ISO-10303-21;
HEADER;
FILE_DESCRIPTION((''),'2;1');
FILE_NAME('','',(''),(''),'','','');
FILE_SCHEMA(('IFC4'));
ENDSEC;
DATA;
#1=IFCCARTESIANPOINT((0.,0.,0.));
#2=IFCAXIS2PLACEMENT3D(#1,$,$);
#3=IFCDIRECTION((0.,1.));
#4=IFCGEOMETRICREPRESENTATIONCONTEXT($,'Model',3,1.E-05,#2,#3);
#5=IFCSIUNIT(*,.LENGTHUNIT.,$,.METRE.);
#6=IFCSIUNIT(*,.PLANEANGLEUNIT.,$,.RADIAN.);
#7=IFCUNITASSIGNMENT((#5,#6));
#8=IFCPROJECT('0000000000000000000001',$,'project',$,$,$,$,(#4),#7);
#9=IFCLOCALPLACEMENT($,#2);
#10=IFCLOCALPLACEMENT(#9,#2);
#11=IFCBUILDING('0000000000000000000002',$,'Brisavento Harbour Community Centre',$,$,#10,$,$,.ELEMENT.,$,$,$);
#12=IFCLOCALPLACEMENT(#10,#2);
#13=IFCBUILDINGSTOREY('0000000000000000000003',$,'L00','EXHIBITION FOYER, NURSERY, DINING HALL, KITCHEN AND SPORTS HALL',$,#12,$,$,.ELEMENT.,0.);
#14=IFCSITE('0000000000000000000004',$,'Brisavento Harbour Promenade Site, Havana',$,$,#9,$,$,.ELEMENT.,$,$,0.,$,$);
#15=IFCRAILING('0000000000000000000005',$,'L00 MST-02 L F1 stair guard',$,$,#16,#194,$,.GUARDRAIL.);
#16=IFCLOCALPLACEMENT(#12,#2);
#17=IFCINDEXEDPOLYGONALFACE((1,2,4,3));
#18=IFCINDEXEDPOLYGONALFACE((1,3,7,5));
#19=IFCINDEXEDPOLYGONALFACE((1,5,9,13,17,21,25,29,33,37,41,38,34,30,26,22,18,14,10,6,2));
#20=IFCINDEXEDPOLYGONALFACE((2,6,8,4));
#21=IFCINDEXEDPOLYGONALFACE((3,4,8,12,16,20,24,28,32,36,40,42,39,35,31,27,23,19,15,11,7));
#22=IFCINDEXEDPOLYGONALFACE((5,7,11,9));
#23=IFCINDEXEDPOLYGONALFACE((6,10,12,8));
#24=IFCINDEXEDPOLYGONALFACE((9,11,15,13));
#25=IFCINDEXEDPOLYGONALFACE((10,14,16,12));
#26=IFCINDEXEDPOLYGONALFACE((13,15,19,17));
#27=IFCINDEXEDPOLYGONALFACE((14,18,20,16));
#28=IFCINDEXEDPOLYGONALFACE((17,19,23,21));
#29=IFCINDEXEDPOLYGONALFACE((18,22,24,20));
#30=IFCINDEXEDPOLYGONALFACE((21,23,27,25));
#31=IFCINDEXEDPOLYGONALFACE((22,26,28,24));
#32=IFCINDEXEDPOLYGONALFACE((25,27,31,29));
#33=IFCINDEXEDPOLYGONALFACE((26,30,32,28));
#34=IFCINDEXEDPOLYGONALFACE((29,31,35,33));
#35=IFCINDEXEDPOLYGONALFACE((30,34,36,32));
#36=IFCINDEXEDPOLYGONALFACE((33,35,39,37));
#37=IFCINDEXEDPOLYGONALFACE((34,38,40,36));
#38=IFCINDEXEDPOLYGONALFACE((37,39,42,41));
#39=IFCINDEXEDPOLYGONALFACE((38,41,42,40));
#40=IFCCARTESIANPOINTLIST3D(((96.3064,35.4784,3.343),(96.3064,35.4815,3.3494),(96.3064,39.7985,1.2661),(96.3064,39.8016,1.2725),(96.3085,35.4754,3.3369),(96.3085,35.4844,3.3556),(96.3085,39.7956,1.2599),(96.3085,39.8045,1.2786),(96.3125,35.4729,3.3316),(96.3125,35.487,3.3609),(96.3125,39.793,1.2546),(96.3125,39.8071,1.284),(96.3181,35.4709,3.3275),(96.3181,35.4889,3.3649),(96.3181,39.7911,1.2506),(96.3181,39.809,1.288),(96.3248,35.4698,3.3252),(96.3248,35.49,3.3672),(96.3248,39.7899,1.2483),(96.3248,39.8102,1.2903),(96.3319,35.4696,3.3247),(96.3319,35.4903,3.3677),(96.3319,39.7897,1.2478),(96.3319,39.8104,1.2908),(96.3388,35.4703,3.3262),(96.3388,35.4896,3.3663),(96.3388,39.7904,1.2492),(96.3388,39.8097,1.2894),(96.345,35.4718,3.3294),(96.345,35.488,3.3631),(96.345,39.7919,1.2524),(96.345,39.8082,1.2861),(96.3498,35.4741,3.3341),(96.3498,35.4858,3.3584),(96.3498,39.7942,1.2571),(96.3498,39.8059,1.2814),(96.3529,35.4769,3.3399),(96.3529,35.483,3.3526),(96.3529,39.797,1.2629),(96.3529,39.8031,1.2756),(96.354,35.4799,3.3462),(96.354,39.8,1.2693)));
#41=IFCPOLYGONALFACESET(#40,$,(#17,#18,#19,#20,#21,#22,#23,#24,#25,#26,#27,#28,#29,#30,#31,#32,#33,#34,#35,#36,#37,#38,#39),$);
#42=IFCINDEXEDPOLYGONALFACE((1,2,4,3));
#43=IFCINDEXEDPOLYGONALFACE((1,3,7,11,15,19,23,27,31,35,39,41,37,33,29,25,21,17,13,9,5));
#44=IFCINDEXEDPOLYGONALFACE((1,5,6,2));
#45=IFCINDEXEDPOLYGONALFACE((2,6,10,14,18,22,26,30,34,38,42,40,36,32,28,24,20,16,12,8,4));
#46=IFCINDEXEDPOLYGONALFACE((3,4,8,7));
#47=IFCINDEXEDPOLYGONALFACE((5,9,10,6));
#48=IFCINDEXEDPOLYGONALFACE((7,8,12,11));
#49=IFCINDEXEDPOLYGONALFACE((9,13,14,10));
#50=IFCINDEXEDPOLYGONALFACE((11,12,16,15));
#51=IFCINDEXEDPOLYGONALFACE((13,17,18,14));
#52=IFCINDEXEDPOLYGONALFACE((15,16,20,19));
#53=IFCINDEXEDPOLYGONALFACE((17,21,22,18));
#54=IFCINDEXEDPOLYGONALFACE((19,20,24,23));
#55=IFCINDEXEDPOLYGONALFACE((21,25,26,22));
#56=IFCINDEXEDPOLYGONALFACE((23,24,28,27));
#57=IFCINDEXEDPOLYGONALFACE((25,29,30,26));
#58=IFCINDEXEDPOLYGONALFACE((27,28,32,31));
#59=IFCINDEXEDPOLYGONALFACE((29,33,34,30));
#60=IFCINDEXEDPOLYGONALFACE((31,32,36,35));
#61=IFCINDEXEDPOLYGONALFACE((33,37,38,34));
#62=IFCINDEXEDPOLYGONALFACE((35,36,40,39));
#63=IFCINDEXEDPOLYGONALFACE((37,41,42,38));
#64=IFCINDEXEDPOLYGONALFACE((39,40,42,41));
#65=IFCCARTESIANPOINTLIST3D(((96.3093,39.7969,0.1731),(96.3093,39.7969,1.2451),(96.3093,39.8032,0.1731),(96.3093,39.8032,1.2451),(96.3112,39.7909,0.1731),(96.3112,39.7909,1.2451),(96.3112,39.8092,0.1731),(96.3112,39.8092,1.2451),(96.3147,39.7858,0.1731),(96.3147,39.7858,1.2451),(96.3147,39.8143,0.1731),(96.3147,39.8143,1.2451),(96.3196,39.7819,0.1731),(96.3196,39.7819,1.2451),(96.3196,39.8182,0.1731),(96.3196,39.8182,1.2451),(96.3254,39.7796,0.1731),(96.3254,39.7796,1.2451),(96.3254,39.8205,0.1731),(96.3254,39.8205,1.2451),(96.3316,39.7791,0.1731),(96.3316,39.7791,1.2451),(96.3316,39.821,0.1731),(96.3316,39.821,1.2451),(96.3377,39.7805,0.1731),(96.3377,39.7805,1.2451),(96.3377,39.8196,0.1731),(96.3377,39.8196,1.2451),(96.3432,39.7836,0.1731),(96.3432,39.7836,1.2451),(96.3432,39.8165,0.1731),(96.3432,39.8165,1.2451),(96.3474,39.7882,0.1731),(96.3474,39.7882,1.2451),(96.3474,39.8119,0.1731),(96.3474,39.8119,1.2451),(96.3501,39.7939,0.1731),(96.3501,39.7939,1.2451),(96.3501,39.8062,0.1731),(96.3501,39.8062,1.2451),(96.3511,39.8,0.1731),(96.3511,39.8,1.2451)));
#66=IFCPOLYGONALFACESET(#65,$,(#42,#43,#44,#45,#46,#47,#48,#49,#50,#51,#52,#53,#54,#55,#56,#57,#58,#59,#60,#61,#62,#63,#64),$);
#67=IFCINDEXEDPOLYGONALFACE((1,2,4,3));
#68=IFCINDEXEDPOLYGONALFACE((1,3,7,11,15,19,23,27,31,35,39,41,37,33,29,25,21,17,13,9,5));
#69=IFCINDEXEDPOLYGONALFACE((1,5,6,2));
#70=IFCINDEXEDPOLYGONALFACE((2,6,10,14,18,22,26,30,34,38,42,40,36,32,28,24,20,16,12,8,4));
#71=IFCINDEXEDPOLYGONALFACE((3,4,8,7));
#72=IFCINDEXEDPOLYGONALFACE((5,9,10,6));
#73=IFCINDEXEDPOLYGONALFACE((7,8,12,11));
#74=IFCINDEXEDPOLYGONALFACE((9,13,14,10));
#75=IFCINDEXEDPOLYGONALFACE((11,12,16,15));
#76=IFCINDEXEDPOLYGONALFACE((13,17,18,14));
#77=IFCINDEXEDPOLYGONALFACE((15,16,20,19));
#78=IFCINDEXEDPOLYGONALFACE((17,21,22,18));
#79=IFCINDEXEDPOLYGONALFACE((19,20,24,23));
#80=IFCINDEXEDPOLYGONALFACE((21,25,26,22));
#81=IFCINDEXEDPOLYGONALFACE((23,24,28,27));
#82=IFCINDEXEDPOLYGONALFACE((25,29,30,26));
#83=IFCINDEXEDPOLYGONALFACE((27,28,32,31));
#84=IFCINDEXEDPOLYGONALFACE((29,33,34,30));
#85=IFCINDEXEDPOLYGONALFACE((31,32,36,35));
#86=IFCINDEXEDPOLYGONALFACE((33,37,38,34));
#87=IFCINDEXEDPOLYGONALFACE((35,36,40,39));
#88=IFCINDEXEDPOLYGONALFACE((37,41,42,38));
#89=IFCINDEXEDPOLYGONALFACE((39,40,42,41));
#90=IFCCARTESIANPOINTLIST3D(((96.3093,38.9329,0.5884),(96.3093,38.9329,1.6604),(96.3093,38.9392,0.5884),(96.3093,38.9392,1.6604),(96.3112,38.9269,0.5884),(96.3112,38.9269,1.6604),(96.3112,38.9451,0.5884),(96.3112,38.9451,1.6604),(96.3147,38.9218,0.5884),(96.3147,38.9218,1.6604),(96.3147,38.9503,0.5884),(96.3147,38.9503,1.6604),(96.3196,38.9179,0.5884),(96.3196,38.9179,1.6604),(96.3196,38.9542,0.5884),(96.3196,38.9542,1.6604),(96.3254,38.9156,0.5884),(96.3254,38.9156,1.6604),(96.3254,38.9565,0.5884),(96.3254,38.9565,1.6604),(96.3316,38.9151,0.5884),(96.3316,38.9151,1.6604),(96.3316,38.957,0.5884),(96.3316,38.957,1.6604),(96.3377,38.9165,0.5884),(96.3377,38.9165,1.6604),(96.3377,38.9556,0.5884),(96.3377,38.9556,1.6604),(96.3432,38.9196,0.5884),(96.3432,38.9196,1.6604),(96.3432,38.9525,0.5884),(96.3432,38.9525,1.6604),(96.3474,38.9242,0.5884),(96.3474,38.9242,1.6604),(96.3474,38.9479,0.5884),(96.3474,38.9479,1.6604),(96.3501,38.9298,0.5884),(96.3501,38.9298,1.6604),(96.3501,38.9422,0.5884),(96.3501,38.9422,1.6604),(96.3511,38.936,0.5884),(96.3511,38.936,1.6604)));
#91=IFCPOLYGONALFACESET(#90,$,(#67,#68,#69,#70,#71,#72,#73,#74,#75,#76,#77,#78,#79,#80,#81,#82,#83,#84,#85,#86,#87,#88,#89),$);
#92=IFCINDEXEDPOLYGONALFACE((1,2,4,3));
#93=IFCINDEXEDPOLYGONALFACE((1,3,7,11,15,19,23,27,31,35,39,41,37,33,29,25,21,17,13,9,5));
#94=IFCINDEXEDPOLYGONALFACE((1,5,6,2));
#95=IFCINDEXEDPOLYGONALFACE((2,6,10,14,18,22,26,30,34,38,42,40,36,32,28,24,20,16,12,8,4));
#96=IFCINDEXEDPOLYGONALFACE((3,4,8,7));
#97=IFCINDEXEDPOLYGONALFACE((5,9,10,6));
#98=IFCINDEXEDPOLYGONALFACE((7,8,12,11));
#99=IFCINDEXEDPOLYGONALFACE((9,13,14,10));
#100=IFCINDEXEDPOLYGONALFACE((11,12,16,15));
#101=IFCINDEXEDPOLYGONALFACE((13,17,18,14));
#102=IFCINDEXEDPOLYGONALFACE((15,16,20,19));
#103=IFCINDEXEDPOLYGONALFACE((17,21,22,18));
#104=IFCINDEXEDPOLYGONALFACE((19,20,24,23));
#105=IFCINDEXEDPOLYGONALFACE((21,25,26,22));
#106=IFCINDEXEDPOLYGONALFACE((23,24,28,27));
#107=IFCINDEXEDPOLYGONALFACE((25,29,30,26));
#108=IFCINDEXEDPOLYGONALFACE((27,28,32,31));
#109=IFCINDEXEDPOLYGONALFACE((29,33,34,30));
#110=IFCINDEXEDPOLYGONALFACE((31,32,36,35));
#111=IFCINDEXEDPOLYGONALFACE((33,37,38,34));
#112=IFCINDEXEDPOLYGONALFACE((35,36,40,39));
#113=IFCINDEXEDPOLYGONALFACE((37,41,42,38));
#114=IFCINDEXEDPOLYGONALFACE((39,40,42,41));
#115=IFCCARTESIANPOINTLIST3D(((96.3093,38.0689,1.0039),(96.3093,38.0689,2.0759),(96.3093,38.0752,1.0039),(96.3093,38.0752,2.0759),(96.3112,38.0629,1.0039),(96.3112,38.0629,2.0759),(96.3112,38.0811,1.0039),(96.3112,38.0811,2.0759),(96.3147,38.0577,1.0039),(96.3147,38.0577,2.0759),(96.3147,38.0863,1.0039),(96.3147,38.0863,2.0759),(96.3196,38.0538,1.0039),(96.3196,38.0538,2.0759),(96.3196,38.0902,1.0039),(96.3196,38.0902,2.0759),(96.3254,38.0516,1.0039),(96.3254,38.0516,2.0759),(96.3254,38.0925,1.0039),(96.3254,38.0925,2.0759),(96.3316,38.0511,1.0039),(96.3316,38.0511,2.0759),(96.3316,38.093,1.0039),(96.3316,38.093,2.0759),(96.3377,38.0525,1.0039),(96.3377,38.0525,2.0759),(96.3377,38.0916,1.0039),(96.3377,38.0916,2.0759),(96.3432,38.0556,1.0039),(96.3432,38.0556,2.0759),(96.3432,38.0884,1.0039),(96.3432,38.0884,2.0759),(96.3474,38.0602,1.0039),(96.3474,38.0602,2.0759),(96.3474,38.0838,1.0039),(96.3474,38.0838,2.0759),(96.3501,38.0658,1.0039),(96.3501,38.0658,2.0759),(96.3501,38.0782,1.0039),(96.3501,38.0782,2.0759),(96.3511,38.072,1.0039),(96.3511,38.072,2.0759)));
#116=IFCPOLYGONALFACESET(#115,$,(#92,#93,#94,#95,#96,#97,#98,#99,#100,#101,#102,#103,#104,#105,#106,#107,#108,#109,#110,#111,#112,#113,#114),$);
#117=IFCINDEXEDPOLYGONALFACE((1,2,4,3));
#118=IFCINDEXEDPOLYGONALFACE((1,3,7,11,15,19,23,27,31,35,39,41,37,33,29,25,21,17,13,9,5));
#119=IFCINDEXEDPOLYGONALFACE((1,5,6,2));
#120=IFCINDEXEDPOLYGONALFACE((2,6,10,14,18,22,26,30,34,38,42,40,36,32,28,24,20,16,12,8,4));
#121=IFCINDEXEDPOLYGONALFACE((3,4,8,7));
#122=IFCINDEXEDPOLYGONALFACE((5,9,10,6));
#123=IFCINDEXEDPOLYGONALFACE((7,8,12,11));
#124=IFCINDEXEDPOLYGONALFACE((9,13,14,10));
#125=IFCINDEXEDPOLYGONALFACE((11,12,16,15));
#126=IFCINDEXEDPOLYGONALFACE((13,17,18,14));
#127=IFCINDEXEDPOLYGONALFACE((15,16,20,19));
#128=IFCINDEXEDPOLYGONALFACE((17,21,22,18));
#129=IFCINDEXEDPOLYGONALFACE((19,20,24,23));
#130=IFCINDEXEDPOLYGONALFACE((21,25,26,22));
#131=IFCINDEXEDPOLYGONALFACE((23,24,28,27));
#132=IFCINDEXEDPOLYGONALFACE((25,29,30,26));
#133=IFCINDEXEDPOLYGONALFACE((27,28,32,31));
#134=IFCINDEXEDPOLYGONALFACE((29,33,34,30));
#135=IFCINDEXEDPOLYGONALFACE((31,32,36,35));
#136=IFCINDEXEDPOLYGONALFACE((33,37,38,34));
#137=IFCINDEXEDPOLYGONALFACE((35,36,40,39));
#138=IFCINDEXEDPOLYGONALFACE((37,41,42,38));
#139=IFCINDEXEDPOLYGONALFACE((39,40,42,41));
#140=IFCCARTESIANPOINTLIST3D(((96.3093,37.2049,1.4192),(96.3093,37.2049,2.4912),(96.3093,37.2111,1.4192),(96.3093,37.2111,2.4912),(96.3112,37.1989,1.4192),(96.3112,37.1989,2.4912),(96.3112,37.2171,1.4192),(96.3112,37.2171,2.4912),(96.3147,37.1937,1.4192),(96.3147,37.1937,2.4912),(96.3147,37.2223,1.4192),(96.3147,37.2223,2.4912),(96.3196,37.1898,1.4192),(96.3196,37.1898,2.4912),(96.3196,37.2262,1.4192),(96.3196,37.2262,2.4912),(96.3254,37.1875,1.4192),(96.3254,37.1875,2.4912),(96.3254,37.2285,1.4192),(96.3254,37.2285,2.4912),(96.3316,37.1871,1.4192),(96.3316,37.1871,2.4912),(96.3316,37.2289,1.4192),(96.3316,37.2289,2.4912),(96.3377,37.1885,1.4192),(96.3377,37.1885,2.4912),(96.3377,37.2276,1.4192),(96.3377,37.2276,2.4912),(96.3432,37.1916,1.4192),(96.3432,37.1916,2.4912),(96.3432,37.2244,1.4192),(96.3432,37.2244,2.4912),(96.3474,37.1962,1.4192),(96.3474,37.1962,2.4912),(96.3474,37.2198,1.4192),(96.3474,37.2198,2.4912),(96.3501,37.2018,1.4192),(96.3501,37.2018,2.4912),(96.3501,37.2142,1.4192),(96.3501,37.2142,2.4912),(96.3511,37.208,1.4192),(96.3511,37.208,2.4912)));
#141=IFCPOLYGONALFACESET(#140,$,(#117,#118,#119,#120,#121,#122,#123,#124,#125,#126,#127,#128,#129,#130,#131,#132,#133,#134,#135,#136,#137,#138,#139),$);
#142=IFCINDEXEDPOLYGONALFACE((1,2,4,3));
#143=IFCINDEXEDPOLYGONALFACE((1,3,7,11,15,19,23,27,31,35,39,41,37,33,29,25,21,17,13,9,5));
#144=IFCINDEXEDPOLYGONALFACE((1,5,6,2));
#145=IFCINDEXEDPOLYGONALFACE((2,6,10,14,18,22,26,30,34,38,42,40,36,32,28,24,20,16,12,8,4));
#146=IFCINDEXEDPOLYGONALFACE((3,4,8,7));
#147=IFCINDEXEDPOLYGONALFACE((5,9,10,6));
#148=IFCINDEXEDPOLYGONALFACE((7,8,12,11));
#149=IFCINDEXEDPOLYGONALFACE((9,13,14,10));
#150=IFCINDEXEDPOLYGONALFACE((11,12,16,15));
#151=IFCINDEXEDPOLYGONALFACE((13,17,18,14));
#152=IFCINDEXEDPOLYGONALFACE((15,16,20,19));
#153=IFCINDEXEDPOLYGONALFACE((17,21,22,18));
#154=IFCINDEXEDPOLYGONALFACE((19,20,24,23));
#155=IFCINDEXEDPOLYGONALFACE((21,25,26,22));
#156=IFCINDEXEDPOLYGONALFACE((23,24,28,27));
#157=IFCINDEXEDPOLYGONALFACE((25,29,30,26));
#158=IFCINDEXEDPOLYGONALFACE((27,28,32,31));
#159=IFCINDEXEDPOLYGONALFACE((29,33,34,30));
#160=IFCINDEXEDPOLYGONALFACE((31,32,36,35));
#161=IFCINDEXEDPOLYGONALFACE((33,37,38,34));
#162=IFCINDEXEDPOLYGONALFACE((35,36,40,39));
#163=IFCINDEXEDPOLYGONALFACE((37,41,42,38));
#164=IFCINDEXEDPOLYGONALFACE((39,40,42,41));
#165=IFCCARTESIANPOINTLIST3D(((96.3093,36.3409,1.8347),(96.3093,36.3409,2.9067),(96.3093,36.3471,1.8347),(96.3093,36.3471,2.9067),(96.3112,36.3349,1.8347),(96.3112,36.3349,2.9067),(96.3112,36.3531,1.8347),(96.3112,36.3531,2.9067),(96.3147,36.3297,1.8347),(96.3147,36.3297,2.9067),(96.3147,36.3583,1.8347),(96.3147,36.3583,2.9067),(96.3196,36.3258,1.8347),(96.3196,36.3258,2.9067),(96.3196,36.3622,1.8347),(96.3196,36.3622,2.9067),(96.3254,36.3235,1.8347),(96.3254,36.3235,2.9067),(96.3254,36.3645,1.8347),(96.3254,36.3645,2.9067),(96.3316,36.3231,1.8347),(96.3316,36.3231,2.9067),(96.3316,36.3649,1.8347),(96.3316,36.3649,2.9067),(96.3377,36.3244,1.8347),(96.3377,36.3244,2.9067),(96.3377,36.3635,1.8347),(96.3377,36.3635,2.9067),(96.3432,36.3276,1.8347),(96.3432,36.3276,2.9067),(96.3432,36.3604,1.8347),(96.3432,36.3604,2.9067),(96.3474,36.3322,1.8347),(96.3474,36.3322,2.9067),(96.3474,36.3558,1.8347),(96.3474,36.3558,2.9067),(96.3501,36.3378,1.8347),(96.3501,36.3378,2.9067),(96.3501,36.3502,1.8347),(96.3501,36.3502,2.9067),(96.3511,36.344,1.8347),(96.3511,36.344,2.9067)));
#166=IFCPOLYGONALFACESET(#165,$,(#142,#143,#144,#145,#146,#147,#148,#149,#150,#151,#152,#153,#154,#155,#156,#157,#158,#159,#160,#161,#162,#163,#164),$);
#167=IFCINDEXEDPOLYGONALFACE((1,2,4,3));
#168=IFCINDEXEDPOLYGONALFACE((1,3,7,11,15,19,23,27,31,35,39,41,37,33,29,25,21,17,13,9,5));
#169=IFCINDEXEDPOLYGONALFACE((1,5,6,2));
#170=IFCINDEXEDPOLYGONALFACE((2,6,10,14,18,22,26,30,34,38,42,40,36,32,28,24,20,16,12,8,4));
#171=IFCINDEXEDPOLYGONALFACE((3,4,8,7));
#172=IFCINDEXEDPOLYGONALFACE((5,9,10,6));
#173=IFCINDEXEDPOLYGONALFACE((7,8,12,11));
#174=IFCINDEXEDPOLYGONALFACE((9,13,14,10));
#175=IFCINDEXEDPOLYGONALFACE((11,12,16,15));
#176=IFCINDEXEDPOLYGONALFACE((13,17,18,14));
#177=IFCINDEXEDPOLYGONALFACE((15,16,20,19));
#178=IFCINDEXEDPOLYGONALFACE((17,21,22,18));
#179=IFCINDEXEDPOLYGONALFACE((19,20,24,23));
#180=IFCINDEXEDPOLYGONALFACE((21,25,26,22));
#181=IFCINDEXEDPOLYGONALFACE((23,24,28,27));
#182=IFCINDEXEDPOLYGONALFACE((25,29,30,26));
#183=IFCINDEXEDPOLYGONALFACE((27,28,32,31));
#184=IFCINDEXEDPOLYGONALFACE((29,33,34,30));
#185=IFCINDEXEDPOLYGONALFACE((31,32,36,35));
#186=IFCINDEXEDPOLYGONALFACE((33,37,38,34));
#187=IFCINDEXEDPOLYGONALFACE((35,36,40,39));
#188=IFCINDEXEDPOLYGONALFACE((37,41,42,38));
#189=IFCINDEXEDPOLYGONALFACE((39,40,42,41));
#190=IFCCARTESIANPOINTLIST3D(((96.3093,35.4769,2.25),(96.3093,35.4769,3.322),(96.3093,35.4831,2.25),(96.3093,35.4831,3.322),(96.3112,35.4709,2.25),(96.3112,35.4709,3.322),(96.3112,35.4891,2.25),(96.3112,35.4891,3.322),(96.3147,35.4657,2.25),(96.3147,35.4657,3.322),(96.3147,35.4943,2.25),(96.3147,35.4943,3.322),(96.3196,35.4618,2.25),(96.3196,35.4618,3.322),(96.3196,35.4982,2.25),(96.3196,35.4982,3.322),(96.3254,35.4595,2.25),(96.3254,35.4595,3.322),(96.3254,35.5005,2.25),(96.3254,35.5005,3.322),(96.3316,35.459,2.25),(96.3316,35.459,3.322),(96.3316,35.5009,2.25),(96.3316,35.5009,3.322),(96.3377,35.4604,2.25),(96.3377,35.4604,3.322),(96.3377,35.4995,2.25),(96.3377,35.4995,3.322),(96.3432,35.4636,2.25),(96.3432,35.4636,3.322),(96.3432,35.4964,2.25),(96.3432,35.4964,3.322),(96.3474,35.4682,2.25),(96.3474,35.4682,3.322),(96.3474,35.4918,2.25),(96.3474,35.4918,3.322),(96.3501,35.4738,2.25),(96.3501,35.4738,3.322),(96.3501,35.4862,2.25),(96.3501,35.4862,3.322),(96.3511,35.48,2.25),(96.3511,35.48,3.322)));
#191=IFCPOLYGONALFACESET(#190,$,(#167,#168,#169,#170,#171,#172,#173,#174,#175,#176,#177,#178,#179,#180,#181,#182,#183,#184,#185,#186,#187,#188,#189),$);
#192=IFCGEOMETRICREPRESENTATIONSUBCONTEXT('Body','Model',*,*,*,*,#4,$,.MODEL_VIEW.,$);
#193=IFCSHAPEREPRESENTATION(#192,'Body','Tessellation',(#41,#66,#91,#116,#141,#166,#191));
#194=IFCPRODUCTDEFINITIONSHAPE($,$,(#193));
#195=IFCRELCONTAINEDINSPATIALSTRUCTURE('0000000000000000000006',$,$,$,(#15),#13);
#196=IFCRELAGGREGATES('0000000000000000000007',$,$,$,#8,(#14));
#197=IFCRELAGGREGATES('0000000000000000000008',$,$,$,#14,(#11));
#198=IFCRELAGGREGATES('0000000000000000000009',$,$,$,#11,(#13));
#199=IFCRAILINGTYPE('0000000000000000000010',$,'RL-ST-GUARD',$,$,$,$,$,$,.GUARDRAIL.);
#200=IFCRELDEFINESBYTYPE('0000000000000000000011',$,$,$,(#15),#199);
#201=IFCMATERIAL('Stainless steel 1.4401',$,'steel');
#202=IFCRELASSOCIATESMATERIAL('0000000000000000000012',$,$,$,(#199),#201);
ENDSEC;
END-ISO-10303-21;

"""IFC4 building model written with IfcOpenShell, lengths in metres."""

from ifc_helpers import new_model, si_unit, direction, frame, origin, origin_2d, place, context, subcontext, project, spatial, circle, extrude, material, type_object, element, save


model = new_model("IFC4")

# Units and contexts
model_context = context("Model", 3, precision=1e-05, world=origin(), true_north=direction((0.0, 1.0)))
body_context = subcontext(model_context, "Body", "Model", "MODEL_VIEW")
ifc_project = project(units=[si_unit("LENGTHUNIT", "METRE"), si_unit("PLANEANGLEUNIT", "RADIAN")], contexts=[model_context])

# Site, building, storey
site_placement = place(None, origin())
site = spatial("IfcSite", under=ifc_project, at=site_placement, Name="Brisavento Harbour Promenade Site, Havana", CompositionType="ELEMENT", RefElevation=0.0)
building_placement = place(site_placement, origin())
building = spatial("IfcBuilding", under=site, at=building_placement, Name="Brisavento Harbour Community Centre", CompositionType="ELEMENT")
storey_placement = place(building_placement, origin())
storey = spatial("IfcBuildingStorey", under=building, at=storey_placement, Name="L00", Description="EXHIBITION FOYER, NURSERY, DINING HALL, KITCHEN AND SPORTS HALL", CompositionType="ELEMENT", Elevation=0.0)

# Railing
ifc_material_1 = material(Name="Stainless steel 1.4401", Category="steel")
railing_type = type_object("IfcRailingType", Name="RL-ST-GUARD", PredefinedType="GUARDRAIL", material=ifc_material_1)
railing_1_placement = place(storey_placement, frame((96.3301, 39.8, 0.1731)))
element("IfcRailing", 1, at=railing_1_placement, inside=storey, type_object=railing_type, Name="L00 MST-02 L F1 stair guard", PredefinedType="GUARDRAIL", context=body_context, shape_type="SweptSolid", body=[
    extrude(circle(Radius=0.0239, at=origin_2d()), frame((0.0, 0.0, 1.0962), z_axis=(0.0, -0.901257, 0.433286), x_axis=(1.0, 0.0, 0.0)), (0.0, 0.0, 1.0), 4.7935),
    extrude(circle(Radius=0.021, at=origin_2d()), origin(), (0.0, 0.0, 1.0), 1.072),
    extrude(circle(Radius=0.021, at=origin_2d()), frame((0.0, -0.864, 0.4153)), (0.0, 0.0, 1.0), 1.072),
    extrude(circle(Radius=0.021, at=origin_2d()), frame((0.0, -1.728, 0.8308)), (0.0, 0.0, 1.0), 1.072),
    extrude(circle(Radius=0.021, at=origin_2d()), frame((0.0, -2.592, 1.2461)), (0.0, 0.0, 1.0), 1.072),
    extrude(circle(Radius=0.021, at=origin_2d()), frame((0.0, -3.4561, 1.6616)), (0.0, 0.0, 1.0), 1.072),
    extrude(circle(Radius=0.021, at=origin_2d()), frame((0.0, -4.3201, 2.0769)), (0.0, 0.0, 1.0), 1.072),
])

save(model, "model.ifc")
